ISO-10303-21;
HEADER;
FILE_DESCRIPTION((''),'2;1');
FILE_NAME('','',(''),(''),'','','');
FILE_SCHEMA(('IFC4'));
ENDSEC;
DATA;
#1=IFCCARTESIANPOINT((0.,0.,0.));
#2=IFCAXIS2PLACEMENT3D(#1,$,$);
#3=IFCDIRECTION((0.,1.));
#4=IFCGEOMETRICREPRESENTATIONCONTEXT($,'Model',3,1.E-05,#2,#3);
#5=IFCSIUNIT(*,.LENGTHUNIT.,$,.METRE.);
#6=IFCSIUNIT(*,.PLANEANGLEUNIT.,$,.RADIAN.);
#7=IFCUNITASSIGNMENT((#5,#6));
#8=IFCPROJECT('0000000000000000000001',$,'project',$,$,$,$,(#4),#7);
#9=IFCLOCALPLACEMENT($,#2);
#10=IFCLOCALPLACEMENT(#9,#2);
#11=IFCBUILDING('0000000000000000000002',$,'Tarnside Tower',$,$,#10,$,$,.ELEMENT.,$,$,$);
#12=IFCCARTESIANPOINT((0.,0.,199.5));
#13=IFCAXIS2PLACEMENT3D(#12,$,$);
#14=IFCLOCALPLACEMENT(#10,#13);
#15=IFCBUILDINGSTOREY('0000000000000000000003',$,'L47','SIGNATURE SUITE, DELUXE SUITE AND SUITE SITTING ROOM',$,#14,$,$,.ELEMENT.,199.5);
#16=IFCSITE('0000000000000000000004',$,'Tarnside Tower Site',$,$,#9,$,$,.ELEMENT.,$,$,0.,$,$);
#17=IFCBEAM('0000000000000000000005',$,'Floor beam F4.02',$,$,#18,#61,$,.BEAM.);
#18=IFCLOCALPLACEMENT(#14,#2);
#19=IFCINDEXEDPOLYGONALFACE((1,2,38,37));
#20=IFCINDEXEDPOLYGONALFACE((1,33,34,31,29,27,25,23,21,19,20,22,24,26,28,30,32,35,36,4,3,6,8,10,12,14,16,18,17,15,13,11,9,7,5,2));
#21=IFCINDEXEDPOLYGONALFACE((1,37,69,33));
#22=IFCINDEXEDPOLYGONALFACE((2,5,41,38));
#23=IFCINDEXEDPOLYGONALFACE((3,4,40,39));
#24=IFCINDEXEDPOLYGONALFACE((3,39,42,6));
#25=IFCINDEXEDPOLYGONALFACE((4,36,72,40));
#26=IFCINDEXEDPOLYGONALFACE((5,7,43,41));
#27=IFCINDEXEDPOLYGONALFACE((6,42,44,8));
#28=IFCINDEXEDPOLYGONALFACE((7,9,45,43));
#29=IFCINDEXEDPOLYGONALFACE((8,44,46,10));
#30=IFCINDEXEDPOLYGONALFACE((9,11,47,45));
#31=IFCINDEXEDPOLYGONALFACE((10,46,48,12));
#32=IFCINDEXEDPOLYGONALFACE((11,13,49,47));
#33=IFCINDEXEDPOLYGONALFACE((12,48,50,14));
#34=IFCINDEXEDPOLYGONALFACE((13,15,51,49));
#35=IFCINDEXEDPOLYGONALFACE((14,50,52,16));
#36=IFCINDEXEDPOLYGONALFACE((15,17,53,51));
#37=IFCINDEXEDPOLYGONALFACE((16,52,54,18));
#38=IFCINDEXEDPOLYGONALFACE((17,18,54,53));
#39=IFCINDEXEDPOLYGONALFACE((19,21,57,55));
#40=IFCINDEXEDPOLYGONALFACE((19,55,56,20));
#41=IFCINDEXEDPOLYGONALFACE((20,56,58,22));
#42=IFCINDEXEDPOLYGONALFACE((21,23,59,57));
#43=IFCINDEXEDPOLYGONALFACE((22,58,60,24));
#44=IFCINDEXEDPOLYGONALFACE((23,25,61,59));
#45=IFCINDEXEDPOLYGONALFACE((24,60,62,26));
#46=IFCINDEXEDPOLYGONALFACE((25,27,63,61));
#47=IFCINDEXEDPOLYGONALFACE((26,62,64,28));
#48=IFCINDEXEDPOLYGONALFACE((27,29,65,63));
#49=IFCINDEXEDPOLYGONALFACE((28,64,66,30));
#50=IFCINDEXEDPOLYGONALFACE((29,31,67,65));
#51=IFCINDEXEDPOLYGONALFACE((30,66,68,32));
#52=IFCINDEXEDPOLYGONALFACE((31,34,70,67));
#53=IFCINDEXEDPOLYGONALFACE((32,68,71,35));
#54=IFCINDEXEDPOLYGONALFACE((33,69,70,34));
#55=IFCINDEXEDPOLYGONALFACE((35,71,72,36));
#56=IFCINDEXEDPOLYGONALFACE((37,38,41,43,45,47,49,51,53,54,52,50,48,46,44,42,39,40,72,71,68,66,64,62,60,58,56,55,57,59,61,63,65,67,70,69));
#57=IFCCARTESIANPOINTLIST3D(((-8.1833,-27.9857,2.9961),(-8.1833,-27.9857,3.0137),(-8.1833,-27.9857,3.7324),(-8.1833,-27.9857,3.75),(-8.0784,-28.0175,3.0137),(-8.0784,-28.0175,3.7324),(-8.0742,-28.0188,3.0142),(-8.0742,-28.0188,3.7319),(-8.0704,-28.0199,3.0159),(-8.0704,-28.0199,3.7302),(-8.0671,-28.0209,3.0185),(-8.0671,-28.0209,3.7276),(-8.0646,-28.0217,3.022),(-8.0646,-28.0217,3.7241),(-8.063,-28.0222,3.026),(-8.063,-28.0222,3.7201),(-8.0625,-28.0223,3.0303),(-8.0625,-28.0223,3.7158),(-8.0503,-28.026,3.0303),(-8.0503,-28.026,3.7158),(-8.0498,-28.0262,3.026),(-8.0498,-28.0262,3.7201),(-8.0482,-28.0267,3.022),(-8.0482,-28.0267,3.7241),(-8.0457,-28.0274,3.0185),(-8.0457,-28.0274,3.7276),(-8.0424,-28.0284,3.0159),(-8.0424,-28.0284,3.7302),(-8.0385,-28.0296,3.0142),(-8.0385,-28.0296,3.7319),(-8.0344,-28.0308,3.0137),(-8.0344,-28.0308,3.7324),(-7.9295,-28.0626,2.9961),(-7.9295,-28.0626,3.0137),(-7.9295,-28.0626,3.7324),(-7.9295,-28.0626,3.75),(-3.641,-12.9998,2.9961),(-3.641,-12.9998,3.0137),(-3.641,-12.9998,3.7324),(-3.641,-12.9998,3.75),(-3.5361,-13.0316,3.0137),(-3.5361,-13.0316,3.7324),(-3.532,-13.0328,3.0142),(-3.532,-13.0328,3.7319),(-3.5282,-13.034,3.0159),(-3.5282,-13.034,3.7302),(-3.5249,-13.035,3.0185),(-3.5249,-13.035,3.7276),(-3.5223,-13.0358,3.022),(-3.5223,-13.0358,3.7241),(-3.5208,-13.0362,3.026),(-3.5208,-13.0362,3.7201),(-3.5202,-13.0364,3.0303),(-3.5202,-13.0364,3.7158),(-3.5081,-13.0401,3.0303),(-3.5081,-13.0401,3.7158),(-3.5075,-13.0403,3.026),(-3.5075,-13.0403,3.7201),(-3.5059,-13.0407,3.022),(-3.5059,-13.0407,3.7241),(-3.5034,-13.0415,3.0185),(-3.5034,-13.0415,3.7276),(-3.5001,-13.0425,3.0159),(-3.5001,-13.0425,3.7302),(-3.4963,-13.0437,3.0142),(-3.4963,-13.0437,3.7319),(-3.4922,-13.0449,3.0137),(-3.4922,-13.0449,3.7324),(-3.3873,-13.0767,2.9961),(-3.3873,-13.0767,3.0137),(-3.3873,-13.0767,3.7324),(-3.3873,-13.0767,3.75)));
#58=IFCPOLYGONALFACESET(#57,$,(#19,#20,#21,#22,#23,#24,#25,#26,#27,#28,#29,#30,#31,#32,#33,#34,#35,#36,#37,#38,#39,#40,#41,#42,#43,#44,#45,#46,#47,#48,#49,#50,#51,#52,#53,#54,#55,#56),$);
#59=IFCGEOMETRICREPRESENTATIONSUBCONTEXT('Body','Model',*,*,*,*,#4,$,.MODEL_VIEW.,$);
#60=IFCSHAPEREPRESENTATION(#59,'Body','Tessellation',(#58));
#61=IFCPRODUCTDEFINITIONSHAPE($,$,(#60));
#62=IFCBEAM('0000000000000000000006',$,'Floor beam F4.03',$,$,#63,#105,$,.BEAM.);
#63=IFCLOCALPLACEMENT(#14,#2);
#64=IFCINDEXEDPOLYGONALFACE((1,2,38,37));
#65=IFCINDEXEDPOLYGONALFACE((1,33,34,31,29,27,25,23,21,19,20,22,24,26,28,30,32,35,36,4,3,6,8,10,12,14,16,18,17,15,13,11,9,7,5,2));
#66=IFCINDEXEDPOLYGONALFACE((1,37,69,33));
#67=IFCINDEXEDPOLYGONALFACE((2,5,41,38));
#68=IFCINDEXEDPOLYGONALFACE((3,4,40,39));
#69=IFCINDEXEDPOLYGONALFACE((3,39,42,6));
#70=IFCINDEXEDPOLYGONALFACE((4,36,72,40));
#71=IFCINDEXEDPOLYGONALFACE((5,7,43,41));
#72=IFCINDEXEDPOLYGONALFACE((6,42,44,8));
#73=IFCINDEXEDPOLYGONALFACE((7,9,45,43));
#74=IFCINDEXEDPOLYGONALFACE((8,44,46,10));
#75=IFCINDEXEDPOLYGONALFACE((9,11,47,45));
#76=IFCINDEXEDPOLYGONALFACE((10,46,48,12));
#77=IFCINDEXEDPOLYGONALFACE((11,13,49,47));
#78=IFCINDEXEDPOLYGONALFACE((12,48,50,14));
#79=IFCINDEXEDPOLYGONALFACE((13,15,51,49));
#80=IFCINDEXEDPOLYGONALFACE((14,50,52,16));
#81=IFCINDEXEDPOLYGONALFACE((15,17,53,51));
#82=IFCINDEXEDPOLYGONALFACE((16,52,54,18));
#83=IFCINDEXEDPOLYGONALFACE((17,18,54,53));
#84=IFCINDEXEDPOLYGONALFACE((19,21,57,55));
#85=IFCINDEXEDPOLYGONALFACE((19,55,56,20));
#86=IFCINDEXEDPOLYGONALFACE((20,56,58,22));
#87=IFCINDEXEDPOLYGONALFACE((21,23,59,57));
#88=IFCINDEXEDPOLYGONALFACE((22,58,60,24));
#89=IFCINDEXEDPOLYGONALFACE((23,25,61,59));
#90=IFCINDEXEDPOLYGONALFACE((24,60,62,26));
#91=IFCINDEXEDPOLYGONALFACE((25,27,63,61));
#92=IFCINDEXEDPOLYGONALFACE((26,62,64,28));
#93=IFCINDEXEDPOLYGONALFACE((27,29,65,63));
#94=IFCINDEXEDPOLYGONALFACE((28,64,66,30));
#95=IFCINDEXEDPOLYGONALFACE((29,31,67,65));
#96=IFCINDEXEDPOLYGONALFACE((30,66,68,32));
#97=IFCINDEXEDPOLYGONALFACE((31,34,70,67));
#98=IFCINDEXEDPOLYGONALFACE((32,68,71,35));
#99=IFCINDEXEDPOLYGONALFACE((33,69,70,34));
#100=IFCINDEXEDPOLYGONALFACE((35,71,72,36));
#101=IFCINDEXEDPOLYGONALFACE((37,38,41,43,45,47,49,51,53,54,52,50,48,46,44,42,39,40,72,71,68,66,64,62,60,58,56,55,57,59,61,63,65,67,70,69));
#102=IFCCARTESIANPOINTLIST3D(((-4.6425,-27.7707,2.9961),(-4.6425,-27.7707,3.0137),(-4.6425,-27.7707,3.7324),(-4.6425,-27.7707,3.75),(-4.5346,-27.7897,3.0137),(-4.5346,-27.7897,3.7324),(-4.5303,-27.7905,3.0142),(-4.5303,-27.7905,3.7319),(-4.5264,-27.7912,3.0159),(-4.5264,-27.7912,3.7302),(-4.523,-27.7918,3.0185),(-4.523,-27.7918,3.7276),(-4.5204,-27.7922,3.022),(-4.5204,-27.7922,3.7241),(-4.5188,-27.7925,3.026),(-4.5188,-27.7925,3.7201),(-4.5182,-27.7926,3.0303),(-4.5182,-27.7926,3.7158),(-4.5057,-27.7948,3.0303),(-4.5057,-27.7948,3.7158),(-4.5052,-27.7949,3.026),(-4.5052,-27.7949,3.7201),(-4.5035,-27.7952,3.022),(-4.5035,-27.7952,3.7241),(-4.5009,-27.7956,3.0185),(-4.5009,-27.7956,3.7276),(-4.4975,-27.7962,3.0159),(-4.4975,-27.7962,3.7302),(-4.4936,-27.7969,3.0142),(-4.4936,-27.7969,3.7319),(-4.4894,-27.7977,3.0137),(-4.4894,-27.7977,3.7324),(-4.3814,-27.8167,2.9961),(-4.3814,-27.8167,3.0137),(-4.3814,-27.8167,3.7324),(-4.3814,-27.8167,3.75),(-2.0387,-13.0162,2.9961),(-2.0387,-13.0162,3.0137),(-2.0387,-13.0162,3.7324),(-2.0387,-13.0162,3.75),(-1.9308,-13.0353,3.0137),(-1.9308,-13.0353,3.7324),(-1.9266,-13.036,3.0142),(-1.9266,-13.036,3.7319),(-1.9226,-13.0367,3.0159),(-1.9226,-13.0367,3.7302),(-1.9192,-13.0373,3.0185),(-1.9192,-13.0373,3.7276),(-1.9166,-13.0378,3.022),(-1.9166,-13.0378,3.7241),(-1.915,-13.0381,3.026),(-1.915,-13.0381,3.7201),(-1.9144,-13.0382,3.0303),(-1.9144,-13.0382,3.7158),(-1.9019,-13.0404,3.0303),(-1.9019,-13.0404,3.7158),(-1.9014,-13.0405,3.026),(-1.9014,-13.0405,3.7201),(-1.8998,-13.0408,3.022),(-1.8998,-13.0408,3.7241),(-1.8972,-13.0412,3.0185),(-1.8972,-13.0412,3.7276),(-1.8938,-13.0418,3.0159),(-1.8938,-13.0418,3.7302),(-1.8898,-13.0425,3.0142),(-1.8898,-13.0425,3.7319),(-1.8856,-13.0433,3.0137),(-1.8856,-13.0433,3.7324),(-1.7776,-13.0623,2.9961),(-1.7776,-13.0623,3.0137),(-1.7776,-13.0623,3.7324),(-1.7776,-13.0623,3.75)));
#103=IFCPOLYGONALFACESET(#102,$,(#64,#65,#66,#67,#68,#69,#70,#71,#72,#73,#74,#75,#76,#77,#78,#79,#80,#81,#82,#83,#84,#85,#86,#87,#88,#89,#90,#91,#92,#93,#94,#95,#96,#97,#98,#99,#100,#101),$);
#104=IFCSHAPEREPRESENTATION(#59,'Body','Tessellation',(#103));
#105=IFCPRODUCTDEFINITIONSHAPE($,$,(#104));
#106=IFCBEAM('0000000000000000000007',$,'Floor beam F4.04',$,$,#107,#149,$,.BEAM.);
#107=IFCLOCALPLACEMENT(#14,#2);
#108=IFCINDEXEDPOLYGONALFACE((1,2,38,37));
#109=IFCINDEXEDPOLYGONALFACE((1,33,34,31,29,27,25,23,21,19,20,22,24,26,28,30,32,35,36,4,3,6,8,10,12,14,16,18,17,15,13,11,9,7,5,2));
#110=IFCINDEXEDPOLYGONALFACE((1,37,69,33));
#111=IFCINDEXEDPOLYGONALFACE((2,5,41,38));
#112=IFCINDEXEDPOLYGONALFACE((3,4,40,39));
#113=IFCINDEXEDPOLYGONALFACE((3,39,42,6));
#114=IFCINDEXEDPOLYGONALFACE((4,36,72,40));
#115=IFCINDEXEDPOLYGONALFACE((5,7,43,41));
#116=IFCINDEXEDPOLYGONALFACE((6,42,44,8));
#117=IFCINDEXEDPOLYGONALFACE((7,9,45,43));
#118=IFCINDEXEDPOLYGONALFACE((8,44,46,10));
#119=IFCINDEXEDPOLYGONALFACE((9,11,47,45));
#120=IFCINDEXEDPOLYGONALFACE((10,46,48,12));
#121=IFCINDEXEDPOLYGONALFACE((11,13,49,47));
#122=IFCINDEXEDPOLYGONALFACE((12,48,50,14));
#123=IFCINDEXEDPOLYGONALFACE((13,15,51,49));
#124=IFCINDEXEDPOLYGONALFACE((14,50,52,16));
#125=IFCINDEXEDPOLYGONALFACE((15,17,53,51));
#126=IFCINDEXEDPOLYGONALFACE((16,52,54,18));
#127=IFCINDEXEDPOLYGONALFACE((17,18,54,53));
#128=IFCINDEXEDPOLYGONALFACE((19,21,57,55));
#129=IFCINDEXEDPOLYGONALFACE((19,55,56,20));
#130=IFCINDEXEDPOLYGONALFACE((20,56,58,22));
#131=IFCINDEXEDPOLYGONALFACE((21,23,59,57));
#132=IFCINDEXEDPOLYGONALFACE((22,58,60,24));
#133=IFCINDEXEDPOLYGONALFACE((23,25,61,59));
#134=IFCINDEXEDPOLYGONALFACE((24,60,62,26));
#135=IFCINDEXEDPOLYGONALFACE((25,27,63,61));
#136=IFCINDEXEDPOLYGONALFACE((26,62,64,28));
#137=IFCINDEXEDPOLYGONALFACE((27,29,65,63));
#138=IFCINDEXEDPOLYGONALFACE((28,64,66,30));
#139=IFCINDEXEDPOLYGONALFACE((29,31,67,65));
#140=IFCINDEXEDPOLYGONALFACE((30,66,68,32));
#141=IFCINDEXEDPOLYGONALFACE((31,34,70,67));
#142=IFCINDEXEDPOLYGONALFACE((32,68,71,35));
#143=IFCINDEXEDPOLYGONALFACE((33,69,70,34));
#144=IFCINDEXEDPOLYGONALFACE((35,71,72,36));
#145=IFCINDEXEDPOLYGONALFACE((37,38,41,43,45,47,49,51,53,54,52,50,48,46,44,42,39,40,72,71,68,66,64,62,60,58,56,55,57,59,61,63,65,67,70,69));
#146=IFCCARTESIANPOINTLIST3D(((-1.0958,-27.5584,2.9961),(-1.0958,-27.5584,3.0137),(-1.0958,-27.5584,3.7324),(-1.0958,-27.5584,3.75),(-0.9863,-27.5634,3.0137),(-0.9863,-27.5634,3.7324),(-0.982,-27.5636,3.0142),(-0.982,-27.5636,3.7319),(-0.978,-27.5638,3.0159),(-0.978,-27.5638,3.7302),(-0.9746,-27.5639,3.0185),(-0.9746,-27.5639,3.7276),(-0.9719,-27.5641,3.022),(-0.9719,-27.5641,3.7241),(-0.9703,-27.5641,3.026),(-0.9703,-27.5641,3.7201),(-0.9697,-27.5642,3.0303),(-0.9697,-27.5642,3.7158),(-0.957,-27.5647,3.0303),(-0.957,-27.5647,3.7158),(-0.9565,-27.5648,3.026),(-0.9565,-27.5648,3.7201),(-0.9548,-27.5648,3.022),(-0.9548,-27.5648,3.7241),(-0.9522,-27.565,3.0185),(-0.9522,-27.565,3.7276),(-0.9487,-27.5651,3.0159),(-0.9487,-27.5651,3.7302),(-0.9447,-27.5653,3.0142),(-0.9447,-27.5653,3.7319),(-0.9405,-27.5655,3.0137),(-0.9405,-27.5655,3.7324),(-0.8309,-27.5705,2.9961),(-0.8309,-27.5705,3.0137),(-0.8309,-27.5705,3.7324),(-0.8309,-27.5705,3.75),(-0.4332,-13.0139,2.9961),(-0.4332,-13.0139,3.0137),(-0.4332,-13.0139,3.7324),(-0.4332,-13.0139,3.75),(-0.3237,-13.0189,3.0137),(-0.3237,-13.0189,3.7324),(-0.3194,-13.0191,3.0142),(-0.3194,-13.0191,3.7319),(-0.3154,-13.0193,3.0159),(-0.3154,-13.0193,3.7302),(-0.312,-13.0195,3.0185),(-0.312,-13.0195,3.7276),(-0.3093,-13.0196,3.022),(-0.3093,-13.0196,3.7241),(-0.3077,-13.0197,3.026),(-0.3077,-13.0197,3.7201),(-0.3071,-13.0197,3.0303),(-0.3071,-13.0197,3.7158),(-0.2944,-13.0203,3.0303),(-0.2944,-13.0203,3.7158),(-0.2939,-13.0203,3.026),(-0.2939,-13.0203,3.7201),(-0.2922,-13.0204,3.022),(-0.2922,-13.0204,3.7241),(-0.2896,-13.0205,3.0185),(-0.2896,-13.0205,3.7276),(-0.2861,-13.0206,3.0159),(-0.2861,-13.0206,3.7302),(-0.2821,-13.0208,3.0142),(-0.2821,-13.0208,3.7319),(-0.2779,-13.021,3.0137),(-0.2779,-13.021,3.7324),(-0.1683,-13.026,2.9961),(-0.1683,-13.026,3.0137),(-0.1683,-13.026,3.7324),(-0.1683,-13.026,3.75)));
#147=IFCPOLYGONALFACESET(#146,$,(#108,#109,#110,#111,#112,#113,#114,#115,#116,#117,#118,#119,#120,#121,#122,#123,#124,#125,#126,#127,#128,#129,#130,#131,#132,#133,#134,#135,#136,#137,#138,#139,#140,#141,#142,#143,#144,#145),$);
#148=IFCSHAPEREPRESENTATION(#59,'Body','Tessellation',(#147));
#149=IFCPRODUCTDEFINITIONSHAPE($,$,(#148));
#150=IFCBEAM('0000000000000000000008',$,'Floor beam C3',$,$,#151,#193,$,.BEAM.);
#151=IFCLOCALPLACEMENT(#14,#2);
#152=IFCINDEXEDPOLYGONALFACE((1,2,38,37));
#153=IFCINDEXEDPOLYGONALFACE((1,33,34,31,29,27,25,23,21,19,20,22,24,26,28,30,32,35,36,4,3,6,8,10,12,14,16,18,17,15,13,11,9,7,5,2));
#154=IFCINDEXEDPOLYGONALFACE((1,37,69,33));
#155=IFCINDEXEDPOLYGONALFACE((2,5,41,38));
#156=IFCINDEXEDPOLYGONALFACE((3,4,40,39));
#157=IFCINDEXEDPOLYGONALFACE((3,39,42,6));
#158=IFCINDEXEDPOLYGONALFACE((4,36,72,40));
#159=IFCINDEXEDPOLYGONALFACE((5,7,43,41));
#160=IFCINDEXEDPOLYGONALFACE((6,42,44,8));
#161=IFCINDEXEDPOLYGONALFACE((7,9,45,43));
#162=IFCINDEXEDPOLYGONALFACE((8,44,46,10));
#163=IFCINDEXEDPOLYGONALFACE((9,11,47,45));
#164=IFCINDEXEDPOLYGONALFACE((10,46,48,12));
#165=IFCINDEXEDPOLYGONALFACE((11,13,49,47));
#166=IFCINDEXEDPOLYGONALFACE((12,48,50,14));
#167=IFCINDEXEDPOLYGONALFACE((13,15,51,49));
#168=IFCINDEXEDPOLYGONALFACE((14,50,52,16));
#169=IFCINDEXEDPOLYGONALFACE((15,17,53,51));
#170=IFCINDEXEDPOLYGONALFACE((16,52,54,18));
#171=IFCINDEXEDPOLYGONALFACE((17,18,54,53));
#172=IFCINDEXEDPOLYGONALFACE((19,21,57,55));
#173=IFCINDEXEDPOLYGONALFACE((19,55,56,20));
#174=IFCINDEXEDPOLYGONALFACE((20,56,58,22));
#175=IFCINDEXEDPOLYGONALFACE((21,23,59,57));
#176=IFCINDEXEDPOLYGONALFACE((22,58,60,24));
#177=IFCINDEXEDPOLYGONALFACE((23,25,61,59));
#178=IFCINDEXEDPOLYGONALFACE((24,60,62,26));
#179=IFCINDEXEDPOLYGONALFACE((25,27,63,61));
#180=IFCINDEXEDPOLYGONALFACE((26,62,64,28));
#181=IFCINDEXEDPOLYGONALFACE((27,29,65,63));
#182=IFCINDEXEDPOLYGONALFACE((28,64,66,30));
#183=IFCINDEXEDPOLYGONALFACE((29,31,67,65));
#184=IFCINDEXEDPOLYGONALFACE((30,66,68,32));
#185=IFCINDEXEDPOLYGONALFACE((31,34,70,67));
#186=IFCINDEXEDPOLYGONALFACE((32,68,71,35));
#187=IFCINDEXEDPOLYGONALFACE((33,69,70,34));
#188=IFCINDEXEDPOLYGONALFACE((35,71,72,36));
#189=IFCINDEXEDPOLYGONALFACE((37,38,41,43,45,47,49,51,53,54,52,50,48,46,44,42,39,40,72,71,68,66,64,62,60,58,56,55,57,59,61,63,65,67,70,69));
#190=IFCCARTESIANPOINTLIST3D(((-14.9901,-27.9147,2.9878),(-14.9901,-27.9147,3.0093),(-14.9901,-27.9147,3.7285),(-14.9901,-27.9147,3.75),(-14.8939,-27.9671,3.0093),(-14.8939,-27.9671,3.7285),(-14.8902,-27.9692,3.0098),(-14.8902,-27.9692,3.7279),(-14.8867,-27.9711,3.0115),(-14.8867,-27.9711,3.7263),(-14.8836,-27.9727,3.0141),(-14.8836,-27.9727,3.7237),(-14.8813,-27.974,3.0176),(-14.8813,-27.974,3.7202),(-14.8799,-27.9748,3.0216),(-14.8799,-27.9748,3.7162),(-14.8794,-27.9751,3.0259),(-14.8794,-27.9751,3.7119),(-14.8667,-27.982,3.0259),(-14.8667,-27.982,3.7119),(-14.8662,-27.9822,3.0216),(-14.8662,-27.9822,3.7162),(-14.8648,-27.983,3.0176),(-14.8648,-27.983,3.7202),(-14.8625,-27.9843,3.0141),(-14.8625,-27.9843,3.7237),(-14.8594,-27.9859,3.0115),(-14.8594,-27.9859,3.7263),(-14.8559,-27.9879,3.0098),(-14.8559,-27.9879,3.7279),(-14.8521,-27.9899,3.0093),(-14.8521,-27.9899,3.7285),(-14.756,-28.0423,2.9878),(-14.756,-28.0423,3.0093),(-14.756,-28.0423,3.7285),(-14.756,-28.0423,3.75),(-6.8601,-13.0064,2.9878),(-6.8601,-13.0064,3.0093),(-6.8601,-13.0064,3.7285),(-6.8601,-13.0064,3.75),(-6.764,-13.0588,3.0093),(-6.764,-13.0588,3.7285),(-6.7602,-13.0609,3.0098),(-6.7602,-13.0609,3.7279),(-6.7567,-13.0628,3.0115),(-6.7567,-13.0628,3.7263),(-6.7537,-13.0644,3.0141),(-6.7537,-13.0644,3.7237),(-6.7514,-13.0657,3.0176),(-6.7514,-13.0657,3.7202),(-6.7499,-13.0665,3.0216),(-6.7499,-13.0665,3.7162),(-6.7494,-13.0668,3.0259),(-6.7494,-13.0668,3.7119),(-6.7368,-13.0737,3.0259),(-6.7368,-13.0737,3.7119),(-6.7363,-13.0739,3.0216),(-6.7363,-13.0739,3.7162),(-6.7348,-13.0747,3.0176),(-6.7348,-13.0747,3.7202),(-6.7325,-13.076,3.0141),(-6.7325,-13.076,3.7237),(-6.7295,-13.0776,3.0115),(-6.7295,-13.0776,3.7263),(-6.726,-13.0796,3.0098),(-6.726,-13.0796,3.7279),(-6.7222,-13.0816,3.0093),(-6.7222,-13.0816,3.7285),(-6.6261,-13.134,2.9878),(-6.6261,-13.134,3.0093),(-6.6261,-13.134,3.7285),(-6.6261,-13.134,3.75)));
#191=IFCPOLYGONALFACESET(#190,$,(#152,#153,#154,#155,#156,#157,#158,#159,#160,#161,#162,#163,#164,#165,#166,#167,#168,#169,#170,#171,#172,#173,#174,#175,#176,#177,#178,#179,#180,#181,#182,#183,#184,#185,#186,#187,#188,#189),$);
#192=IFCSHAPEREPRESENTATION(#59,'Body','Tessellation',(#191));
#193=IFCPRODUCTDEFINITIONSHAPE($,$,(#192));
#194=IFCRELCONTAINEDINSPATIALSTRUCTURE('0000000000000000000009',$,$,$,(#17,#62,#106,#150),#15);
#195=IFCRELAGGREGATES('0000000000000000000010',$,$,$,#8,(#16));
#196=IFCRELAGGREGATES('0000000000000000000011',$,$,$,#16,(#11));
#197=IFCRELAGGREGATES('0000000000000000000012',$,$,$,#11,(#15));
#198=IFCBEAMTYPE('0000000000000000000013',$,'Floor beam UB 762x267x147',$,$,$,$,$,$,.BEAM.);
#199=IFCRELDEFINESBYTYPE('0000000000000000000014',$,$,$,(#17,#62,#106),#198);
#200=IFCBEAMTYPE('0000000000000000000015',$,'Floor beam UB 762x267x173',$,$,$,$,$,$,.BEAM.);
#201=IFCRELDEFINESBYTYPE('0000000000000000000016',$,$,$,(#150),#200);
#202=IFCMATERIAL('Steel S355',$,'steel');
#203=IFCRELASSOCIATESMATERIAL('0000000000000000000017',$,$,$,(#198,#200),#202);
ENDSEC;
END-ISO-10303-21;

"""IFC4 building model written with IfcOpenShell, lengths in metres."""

from ifc_helpers import new_model, si_unit, direction, frame, origin, origin_2d, place, context, subcontext, project, spatial, i_section, extrude, material, material_profile, profile_set, type_object, element, save


model = new_model("IFC4")

# Units and contexts
model_context = context("Model", 3, precision=1e-05, world=origin(), true_north=direction((0.0, 1.0)))
body_context = subcontext(model_context, "Body", "Model", "MODEL_VIEW")
ifc_project = project(units=[si_unit("LENGTHUNIT", "METRE"), si_unit("PLANEANGLEUNIT", "RADIAN")], contexts=[model_context])

# Site, building, storey
site_placement = place(None, origin())
site = spatial("IfcSite", under=ifc_project, at=site_placement, Name="Tarnside Tower Site", CompositionType="ELEMENT", RefElevation=0.0)
building_placement = place(site_placement, origin())
building = spatial("IfcBuilding", under=site, at=building_placement, Name="Tarnside Tower", CompositionType="ELEMENT")
storey_placement = place(building_placement, frame((0.0, 0.0, 199.5)))
storey = spatial("IfcBuildingStorey", under=building, at=storey_placement, Name="L47", Description="SIGNATURE SUITE, DELUXE SUITE AND SUITE SITTING ROOM", CompositionType="ELEMENT", Elevation=199.5)

# Beams
ifc_material_1 = material(Name="Steel S355", Category="steel")
ifc_material_profile_1 = material_profile(ifc_material_1, i_section(OverallWidth=0.2651, OverallDepth=0.7539, WebThickness=0.0127, FlangeThickness=0.0176, FilletRadius=0.0166, at=origin_2d()), Name="UB 762x267x147")
ifc_profile_set_1 = profile_set([ifc_material_profile_1], Name="Steel S355")
beam_type_1 = type_object("IfcBeamType", Name="Floor beam UB 762x267x147", PredefinedType="BEAM", material=ifc_profile_set_1)
beam_1_placement = place(storey_placement, frame((-8.0564, -28.0242, 3.373), z_axis=(0.29007, 0.957005, 0.0), x_axis=(-0.957005, 0.29007, 0.0)))
element("IfcBeam", 1, at=beam_1_placement, inside=storey, type_object=beam_type_1, Name="Floor beam F4.02", PredefinedType="BEAM", context=body_context, shape_type="SweptSolid", body=[
    extrude(i_section(OverallWidth=0.2651, OverallDepth=0.7539, WebThickness=0.0127, FlangeThickness=0.0176, FilletRadius=0.0166, at=origin_2d()), origin(), (0.0, 0.0, 1.0), 15.6592),
])
beam_2_placement = place(storey_placement, frame((-4.512, -27.7937, 3.373), z_axis=(0.173788, 0.984783, 0.0), x_axis=(-0.984783, 0.173788, 0.0)))
element("IfcBeam", 2, at=beam_2_placement, inside=storey, type_object=beam_type_1, Name="Floor beam F4.03", PredefinedType="BEAM", context=body_context, shape_type="SweptSolid", body=[
    extrude(i_section(OverallWidth=0.2651, OverallDepth=0.7539, WebThickness=0.0127, FlangeThickness=0.0176, FilletRadius=0.0166, at=origin_2d()), origin(), (0.0, 0.0, 1.0), 14.9824),
])
beam_3_placement = place(storey_placement, frame((-0.9634, -27.5645, 3.373), z_axis=(0.04551, 0.998964, 0.0), x_axis=(-0.998964, 0.04551, 0.0)))
element("IfcBeam", 3, at=beam_3_placement, inside=storey, type_object=beam_type_1, Name="Floor beam F4.04", PredefinedType="BEAM", context=body_context, shape_type="SweptSolid", body=[
    extrude(i_section(OverallWidth=0.2651, OverallDepth=0.7539, WebThickness=0.0127, FlangeThickness=0.0176, FilletRadius=0.0166, at=origin_2d()), origin(), (0.0, 0.0, 1.0), 14.5596),
])
ifc_material_profile_2 = material_profile(ifc_material_1, i_section(OverallWidth=0.2666, OverallDepth=0.7622, WebThickness=0.0144, FlangeThickness=0.0215, FilletRadius=0.0166, at=origin_2d()), Name="UB 762x267x173")
ifc_profile_set_2 = profile_set([ifc_material_profile_2], Name="Steel S355")
beam_type_2 = type_object("IfcBeamType", Name="Floor beam UB 762x267x173", PredefinedType="BEAM", material=ifc_profile_set_2)
beam_4_placement = place(storey_placement, frame((-14.873, -27.9785, 3.3689), z_axis=(0.478768, 0.877942, 0.0), x_axis=(-0.877942, 0.478768, 0.0)))
element("IfcBeam", 4, at=beam_4_placement, inside=storey, type_object=beam_type_2, Name="Floor beam C3", PredefinedType="BEAM", context=body_context, shape_type="SweptSolid", body=[
    extrude(i_section(OverallWidth=0.2666, OverallDepth=0.7622, WebThickness=0.0144, FlangeThickness=0.0215, FilletRadius=0.0166, at=origin_2d()), origin(), (0.0, 0.0, 1.0), 16.981),
])

save(model, "model.ifc")
